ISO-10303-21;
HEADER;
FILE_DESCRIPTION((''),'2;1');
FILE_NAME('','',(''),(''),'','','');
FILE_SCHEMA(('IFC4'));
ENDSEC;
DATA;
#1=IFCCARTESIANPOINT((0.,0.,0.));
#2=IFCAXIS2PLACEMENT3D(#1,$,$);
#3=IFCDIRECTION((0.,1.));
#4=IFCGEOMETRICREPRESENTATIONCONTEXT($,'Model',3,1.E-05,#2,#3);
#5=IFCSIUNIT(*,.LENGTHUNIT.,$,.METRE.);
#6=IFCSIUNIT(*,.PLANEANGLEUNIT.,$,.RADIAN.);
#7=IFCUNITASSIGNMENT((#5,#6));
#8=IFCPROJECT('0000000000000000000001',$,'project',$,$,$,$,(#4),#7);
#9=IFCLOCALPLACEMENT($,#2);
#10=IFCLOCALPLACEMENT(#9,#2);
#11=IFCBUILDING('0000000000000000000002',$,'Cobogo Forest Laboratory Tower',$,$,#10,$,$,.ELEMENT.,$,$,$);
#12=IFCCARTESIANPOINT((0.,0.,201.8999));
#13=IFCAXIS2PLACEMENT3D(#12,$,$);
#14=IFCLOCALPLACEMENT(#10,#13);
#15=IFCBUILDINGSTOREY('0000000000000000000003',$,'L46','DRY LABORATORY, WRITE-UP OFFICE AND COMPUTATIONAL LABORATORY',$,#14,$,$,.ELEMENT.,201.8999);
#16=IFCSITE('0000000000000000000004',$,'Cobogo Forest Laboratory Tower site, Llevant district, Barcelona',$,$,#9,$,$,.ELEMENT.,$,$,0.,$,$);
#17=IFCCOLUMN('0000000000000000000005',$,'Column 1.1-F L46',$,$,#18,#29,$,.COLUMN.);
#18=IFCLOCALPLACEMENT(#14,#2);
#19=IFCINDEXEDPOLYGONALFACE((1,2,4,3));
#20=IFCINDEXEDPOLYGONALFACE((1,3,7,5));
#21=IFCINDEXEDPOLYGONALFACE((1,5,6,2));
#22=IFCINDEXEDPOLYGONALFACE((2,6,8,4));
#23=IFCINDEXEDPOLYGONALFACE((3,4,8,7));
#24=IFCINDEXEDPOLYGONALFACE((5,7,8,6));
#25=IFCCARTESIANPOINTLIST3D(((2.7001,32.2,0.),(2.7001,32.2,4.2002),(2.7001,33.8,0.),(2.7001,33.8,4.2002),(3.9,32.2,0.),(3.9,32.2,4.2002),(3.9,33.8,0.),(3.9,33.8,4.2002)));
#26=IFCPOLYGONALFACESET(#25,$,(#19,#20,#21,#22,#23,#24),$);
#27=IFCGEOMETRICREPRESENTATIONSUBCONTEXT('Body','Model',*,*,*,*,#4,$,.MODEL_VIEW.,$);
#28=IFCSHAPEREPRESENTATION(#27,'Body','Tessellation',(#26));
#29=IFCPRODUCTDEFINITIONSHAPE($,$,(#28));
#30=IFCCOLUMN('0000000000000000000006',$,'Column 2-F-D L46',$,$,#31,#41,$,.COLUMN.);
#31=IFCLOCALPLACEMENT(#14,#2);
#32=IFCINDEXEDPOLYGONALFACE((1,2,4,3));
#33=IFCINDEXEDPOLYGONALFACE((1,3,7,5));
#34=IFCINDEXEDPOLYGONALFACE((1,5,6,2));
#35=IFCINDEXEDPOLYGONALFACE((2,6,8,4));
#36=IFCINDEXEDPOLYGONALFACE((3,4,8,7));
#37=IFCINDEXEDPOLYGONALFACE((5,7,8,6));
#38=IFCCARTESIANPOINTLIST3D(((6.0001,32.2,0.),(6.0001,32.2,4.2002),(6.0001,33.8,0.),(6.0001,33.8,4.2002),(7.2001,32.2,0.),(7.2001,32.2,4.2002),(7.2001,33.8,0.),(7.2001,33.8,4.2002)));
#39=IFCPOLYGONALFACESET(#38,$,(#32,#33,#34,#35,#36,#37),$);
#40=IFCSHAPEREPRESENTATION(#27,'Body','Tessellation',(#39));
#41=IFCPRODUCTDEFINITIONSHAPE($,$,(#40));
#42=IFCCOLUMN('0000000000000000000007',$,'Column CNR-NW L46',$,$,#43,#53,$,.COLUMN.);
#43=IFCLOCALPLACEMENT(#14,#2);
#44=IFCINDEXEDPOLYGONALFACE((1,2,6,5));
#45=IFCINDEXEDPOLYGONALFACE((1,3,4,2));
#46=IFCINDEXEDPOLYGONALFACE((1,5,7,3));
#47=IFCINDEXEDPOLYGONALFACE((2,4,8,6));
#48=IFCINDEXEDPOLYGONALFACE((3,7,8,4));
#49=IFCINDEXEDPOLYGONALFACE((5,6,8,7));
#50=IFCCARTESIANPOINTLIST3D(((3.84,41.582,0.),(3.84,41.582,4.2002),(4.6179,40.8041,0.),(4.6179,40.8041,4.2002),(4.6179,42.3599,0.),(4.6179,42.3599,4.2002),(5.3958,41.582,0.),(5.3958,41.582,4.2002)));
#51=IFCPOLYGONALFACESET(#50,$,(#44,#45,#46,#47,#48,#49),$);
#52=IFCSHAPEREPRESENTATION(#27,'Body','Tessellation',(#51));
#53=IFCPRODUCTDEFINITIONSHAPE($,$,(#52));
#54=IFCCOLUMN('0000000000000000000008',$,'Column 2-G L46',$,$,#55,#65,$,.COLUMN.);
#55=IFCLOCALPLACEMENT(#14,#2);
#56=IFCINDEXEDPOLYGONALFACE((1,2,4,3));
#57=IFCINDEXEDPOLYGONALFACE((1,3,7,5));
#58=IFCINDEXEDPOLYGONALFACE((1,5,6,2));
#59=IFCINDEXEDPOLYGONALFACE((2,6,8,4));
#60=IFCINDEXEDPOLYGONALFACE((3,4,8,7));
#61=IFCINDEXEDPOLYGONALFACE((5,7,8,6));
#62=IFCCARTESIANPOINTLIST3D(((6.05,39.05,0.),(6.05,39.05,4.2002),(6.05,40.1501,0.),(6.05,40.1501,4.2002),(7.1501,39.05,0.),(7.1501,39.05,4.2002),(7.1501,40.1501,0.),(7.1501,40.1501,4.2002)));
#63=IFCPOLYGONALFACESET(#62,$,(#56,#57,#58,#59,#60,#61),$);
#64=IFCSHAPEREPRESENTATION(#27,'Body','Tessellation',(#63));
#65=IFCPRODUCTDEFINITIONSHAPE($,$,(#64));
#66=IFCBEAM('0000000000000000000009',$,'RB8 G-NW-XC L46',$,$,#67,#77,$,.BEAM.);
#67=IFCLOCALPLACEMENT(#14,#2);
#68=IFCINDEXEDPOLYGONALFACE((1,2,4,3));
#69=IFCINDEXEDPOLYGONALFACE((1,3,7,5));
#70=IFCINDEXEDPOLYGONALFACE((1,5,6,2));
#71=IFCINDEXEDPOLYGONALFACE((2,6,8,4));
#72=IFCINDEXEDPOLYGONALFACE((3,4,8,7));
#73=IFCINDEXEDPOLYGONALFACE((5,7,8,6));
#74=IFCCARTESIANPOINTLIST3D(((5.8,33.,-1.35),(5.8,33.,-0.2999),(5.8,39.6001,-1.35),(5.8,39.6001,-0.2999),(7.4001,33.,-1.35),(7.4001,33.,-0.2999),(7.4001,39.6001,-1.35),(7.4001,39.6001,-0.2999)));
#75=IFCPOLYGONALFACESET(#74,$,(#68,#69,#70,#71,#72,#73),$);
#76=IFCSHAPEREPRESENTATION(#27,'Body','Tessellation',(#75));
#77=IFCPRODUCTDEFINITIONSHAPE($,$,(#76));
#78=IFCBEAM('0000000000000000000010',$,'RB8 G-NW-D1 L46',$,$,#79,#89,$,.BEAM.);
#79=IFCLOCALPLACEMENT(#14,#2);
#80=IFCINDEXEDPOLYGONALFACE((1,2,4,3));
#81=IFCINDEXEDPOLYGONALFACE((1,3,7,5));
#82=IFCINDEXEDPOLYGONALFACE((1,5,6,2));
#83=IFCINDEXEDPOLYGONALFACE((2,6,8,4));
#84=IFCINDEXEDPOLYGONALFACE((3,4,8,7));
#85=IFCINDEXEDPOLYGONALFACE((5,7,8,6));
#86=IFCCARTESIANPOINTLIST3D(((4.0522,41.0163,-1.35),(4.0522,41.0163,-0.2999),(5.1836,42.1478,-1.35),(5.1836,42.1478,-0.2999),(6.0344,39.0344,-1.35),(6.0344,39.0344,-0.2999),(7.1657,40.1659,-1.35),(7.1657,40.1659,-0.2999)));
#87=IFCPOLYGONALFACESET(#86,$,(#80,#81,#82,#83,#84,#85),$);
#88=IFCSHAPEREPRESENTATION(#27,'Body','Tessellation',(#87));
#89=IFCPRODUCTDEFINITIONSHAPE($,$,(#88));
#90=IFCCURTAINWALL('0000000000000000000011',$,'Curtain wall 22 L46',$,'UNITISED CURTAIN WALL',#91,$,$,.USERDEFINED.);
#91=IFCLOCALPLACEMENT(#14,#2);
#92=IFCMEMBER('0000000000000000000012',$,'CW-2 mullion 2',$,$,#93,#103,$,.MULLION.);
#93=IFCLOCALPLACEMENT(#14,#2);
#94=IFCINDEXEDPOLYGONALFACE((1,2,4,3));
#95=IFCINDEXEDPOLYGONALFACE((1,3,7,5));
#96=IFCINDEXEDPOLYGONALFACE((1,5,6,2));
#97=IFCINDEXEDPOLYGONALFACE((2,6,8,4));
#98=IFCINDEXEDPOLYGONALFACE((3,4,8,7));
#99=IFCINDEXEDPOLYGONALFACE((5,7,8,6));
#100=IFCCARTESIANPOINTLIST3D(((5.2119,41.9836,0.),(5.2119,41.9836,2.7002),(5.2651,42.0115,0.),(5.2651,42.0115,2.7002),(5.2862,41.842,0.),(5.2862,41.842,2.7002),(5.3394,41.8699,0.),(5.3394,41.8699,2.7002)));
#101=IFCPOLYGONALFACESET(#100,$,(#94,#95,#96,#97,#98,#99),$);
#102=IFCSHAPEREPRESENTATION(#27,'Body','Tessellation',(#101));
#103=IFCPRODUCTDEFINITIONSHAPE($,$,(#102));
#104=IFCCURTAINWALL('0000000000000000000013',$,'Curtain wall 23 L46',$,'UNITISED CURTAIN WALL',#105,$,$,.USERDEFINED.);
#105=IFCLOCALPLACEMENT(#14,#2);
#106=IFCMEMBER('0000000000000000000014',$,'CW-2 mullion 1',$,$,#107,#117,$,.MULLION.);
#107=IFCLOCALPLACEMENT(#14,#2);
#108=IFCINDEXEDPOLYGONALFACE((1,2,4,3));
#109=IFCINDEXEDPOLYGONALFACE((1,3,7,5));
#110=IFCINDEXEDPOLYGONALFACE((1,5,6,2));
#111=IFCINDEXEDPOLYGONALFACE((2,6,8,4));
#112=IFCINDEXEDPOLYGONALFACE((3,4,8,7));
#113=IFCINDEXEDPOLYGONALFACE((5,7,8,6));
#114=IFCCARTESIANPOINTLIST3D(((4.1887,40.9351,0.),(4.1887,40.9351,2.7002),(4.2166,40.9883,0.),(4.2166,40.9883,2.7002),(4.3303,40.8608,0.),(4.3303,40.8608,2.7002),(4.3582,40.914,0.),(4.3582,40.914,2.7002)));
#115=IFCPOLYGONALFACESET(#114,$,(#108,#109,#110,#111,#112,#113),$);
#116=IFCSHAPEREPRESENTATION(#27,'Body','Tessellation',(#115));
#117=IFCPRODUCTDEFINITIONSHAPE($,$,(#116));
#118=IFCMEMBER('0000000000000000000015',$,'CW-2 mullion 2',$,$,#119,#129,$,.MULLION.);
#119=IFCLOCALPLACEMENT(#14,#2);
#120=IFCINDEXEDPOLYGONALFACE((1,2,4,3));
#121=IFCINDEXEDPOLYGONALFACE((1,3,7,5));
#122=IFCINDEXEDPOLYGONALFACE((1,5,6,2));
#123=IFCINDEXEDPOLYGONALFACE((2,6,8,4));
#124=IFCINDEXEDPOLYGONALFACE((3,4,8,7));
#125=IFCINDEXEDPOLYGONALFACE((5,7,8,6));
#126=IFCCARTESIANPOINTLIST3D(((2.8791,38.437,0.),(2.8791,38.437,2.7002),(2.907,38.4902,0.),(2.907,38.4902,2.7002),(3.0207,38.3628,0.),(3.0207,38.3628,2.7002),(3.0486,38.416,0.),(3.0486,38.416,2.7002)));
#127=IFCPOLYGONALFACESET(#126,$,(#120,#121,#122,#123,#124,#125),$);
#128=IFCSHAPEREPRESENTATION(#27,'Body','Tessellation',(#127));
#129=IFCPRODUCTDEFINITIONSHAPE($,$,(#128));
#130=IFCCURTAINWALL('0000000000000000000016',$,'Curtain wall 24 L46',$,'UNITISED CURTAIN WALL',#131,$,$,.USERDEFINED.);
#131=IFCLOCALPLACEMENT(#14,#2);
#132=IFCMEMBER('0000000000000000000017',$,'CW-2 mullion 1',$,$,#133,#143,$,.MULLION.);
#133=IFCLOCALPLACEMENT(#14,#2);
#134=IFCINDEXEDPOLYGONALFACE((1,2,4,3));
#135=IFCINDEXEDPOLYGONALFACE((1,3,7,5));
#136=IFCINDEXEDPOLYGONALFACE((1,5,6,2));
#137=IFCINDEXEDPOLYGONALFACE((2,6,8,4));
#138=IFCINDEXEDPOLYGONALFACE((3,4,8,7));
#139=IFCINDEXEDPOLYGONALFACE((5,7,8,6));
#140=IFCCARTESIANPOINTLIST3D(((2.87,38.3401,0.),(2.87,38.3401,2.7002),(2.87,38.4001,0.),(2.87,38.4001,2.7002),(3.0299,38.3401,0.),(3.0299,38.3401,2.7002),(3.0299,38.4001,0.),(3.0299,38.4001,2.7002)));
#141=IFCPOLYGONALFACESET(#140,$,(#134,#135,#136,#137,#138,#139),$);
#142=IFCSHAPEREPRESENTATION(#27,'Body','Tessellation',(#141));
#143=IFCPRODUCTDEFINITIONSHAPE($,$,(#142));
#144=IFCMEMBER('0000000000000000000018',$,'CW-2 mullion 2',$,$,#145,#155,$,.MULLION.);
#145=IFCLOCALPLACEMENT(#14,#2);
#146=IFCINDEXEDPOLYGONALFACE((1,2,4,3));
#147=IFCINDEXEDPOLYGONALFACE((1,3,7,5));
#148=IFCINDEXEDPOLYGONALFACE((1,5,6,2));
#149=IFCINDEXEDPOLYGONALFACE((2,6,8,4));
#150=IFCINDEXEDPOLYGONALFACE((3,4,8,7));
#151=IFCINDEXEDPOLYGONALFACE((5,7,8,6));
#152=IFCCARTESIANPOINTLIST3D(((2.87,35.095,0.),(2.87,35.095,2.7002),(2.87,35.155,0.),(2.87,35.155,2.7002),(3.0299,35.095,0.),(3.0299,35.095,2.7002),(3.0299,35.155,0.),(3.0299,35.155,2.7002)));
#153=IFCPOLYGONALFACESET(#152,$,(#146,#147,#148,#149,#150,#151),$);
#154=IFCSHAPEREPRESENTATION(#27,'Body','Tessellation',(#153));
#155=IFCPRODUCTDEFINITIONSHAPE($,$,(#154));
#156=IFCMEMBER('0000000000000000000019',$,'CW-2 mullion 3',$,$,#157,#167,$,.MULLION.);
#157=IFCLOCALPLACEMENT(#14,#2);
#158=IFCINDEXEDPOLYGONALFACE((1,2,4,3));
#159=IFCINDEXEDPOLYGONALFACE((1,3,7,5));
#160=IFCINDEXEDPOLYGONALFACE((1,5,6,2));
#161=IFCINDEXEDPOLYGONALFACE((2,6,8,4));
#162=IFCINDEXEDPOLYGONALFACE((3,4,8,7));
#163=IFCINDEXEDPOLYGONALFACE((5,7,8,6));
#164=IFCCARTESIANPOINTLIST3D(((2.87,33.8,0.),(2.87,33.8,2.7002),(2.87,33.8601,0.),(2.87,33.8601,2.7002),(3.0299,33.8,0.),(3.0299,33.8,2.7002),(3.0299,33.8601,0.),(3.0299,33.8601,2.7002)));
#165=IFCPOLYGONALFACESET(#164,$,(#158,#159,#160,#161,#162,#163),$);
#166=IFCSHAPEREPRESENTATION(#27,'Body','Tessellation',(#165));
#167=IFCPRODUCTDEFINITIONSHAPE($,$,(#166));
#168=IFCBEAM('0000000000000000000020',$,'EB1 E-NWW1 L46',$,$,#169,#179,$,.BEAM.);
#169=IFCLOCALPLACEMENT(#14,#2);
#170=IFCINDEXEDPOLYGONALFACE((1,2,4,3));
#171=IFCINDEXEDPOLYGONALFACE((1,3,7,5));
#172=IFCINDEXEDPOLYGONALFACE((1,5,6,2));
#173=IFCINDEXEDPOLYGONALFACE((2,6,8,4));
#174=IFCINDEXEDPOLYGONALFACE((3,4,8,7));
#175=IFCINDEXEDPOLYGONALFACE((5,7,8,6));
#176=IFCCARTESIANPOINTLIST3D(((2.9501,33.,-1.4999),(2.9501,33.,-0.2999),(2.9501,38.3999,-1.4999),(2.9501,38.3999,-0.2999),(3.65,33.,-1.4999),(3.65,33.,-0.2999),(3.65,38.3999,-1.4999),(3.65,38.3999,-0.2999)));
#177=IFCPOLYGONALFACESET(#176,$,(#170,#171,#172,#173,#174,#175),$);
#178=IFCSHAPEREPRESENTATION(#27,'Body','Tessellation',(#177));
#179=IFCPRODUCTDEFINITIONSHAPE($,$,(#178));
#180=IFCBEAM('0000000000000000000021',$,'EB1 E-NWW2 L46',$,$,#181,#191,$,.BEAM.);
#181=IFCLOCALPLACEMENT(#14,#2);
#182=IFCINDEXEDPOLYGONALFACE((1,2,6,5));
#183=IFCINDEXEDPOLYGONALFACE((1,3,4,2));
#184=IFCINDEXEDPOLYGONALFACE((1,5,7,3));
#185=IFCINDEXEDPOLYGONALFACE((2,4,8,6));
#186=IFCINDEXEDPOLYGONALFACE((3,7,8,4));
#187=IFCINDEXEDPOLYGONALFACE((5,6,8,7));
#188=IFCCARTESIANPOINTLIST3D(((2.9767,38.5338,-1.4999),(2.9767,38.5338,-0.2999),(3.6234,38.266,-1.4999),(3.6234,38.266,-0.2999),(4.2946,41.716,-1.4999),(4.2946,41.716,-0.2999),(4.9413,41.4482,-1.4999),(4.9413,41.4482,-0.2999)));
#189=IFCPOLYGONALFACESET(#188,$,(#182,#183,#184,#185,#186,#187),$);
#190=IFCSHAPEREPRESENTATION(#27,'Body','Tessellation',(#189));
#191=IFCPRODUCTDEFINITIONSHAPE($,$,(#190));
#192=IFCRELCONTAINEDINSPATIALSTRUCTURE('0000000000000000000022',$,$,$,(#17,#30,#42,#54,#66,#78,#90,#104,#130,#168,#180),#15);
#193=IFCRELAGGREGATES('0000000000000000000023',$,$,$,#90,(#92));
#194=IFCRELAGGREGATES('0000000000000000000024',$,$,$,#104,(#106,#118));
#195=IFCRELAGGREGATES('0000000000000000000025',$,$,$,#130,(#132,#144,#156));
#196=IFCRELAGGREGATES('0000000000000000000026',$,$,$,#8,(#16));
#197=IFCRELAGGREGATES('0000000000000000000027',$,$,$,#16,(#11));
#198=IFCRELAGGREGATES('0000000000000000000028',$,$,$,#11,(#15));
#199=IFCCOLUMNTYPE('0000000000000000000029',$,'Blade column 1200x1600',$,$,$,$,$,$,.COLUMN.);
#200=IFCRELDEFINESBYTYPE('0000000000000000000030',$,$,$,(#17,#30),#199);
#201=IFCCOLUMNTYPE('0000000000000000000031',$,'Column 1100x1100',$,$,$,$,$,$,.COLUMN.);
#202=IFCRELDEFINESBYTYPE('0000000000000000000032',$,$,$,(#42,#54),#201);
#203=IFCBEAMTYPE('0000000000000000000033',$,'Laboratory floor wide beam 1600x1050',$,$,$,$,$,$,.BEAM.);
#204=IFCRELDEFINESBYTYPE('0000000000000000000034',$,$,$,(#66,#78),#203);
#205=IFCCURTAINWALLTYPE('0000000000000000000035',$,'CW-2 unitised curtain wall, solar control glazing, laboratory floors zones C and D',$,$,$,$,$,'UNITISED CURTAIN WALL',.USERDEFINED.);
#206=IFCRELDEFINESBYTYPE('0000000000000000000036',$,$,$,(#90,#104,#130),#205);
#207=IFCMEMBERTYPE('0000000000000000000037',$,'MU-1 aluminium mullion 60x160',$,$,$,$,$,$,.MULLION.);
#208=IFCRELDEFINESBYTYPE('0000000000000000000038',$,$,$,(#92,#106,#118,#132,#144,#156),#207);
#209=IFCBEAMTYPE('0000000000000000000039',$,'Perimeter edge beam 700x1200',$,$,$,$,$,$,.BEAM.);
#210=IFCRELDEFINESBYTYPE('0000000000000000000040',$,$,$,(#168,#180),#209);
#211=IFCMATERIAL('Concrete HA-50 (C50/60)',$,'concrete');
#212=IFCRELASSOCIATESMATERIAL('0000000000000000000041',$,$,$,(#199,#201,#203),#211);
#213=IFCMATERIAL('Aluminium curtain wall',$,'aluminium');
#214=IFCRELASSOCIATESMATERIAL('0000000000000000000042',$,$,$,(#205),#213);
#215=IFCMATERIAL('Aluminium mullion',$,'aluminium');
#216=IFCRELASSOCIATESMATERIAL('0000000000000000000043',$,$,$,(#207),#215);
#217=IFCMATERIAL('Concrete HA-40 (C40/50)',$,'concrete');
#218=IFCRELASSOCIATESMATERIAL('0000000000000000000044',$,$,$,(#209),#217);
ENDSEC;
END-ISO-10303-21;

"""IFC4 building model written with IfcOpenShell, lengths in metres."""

from ifc_helpers import new_model, si_unit, direction, frame, origin, origin_2d, place, context, subcontext, project, spatial, rectangle, extrude, material, material_profile, profile_set, type_object, element, aggregate, save


model = new_model("IFC4")

# Units and contexts
model_context = context("Model", 3, precision=1e-05, world=origin(), true_north=direction((0.0, 1.0)))
body_context = subcontext(model_context, "Body", "Model", "MODEL_VIEW")
ifc_project = project(units=[si_unit("LENGTHUNIT", "METRE"), si_unit("PLANEANGLEUNIT", "RADIAN")], contexts=[model_context])

# Site, building, storey
site_placement = place(None, origin())
site = spatial("IfcSite", under=ifc_project, at=site_placement, Name="Cobogo Forest Laboratory Tower site, Llevant district, Barcelona", CompositionType="ELEMENT", RefElevation=0.0)
building_placement = place(site_placement, origin())
building = spatial("IfcBuilding", under=site, at=building_placement, Name="Cobogo Forest Laboratory Tower", CompositionType="ELEMENT")
storey_placement = place(building_placement, frame((0.0, 0.0, 201.8999)))
storey = spatial("IfcBuildingStorey", under=building, at=storey_placement, Name="L46", Description="DRY LABORATORY, WRITE-UP OFFICE AND COMPUTATIONAL LABORATORY", CompositionType="ELEMENT", Elevation=201.8999)

# Columns
ifc_material_1 = material(Name="Concrete HA-50 (C50/60)", Category="concrete")
ifc_material_profile_1 = material_profile(ifc_material_1, rectangle(XDim=1.6001, YDim=1.2, at=origin_2d()), Name="RC 1200x1600")
ifc_profile_set_1 = profile_set([ifc_material_profile_1], Name="Concrete HA-50 (C50/60)")
column_type_1 = type_object("IfcColumnType", Name="Blade column 1200x1600", PredefinedType="COLUMN", material=ifc_profile_set_1)
for number, where, z_axis, x_axis, name in (
    (1, (3.3, 33.0, 0.0), (0.0, 0.0, 1.0), (0.0, 1.0, 0.0), "Column 1.1-F L46"),
    (2, (6.6001, 33.0, 0.0), (0.0, 0.0, 1.0), (0.0, 1.0, 0.0), "Column 2-F-D L46"),
):
    element("IfcColumn", number, at=place(storey_placement, frame(where, z_axis=z_axis, x_axis=x_axis)), inside=storey, type_object=column_type_1, Name=name, PredefinedType="COLUMN", context=body_context, shape_type="SweptSolid", body=[
        extrude(rectangle(XDim=1.6001, YDim=1.2, at=origin_2d()), origin(), (0.0, 0.0, 1.0), 4.2002),
    ])
ifc_material_profile_2 = material_profile(ifc_material_1, rectangle(XDim=1.1001, YDim=1.1001, at=origin_2d()), Name="RC 1100x1100")
ifc_profile_set_2 = profile_set([ifc_material_profile_2], Name="Concrete HA-50 (C50/60)")
column_type_2 = type_object("IfcColumnType", Name="Column 1100x1100", PredefinedType="COLUMN", material=ifc_profile_set_2)
for number, where, z_axis, x_axis, name in (
    (3, (4.6179, 41.582, 0.0), (0.0, 0.0, 1.0), (0.707107, 0.707107, 0.0), "Column CNR-NW L46"),
    (4, (6.6001, 39.6001, 0.0), (0.0, 0.0, 1.0), (1.0, 0.0, 0.0), "Column 2-G L46"),
):
    element("IfcColumn", number, at=place(storey_placement, frame(where, z_axis=z_axis, x_axis=x_axis)), inside=storey, type_object=column_type_2, Name=name, PredefinedType="COLUMN", context=body_context, shape_type="SweptSolid", body=[
        extrude(rectangle(XDim=1.1001, YDim=1.1001, at=origin_2d()), origin(), (0.0, 0.0, 1.0), 4.2002),
    ])

# Beams
ifc_material_profile_3 = material_profile(ifc_material_1, rectangle(XDim=1.6001, YDim=1.05, at=origin_2d()), Name="RC 1600x1050")
ifc_profile_set_3 = profile_set([ifc_material_profile_3], Name="Concrete HA-50 (C50/60)")
beam_type_1 = type_object("IfcBeamType", Name="Laboratory floor wide beam 1600x1050", PredefinedType="BEAM", material=ifc_profile_set_3)
beam_1_placement = place(storey_placement, frame((6.6001, 39.6001, -0.825), z_axis=(0.0, -1.0, 0.0), x_axis=(1.0, 0.0, 0.0)))
element("IfcBeam", 5, at=beam_1_placement, inside=storey, type_object=beam_type_1, Name="RB8 G-NW-XC L46", PredefinedType="BEAM", context=body_context, shape_type="SweptSolid", body=[
    extrude(rectangle(XDim=1.6001, YDim=1.05, at=origin_2d()), origin(), (0.0, 0.0, 1.0), 6.6001),
])
beam_2_placement = place(storey_placement, frame((4.6179, 41.582, -0.825), z_axis=(0.70715, -0.707063, 0.0), x_axis=(0.707063, 0.70715, 0.0)))
element("IfcBeam", 6, at=beam_2_placement, inside=storey, type_object=beam_type_1, Name="RB8 G-NW-D1 L46", PredefinedType="BEAM", context=body_context, shape_type="SweptSolid", body=[
    extrude(rectangle(XDim=1.6001, YDim=1.05, at=origin_2d()), origin(), (0.0, 0.0, 1.0), 2.803),
])

# Curtain wall, member
ifc_material_2 = material(Name="Aluminium curtain wall", Category="aluminium")
curtain_wall_type = type_object("IfcCurtainWallType", Name="CW-2 unitised curtain wall, solar control glazing, laboratory floors zones C and D", ElementType="UNITISED CURTAIN WALL", PredefinedType="USERDEFINED", material=ifc_material_2)
curtain_wall_1_placement = place(storey_placement, origin())
curtain_wall_1 = element("IfcCurtainWall", 7, at=curtain_wall_1_placement, inside=storey, type_object=curtain_wall_type, Name="Curtain wall 22 L46", ObjectType="UNITISED CURTAIN WALL", PredefinedType="USERDEFINED")
ifc_material_3 = material(Name="Aluminium mullion", Category="aluminium")
ifc_material_profile_4 = material_profile(ifc_material_3, rectangle(XDim=0.0601, YDim=0.1599, at=origin_2d()), Name="AL 60x160")
ifc_profile_set_4 = profile_set([ifc_material_profile_4], Name="Aluminium mullion")
member_type_1 = type_object("IfcMemberType", Name="MU-1 aluminium mullion 60x160", PredefinedType="MULLION", material=ifc_profile_set_4)
member_1_placement = place(storey_placement, frame((5.2756, 41.9268, 0.0), z_axis=(0.0, 0.0, 1.0), x_axis=(-0.885686, -0.464284, 0.0)))
member_1 = element("IfcMember", 8, at=member_1_placement, type_object=member_type_1, Name="CW-2 mullion 2", PredefinedType="MULLION", context=body_context, shape_type="SweptSolid", body=[
    extrude(rectangle(XDim=0.0601, YDim=0.1599, at=origin_2d()), origin(), (0.0, 0.0, 1.0), 2.7002),
])

# Curtain walls, members
curtain_wall_2_placement = place(storey_placement, origin())
curtain_wall_2 = element("IfcCurtainWall", 9, at=curtain_wall_2_placement, inside=storey, type_object=curtain_wall_type, Name="Curtain wall 23 L46", ObjectType="UNITISED CURTAIN WALL", PredefinedType="USERDEFINED")
member_2_placement = place(storey_placement, frame((4.2734, 40.9246, 0.0), z_axis=(0.0, 0.0, 1.0), x_axis=(-0.464284, -0.885686, 0.0)))
member_2 = element("IfcMember", 10, at=member_2_placement, type_object=member_type_1, Name="CW-2 mullion 1", PredefinedType="MULLION", context=body_context, shape_type="SweptSolid", body=[
    extrude(rectangle(XDim=0.0601, YDim=0.1599, at=origin_2d()), origin(), (0.0, 0.0, 1.0), 2.7002),
])
member_3_placement = place(storey_placement, frame((2.9639, 38.4265, 0.0), z_axis=(0.0, 0.0, 1.0), x_axis=(-0.464284, -0.885686, 0.0)))
member_3 = element("IfcMember", 11, at=member_3_placement, type_object=member_type_1, Name="CW-2 mullion 2", PredefinedType="MULLION", context=body_context, shape_type="SweptSolid", body=[
    extrude(rectangle(XDim=0.0601, YDim=0.1599, at=origin_2d()), origin(), (0.0, 0.0, 1.0), 2.7002),
])
curtain_wall_3_placement = place(storey_placement, origin())
curtain_wall_3 = element("IfcCurtainWall", 12, at=curtain_wall_3_placement, inside=storey, type_object=curtain_wall_type, Name="Curtain wall 24 L46", ObjectType="UNITISED CURTAIN WALL", PredefinedType="USERDEFINED")
member_4_placement = place(storey_placement, frame((2.95, 38.3701, 0.0), z_axis=(0.0, 0.0, 1.0), x_axis=(0.0, -1.0, 0.0)))
member_4 = element("IfcMember", 13, at=member_4_placement, type_object=member_type_1, Name="CW-2 mullion 1", PredefinedType="MULLION", context=body_context, shape_type="SweptSolid", body=[
    extrude(rectangle(XDim=0.0601, YDim=0.1599, at=origin_2d()), origin(), (0.0, 0.0, 1.0), 2.7002),
])
member_5_placement = place(storey_placement, frame((2.95, 35.125, 0.0), z_axis=(0.0, 0.0, 1.0), x_axis=(0.0, -1.0, 0.0)))
member_5 = element("IfcMember", 14, at=member_5_placement, type_object=member_type_1, Name="CW-2 mullion 2", PredefinedType="MULLION", context=body_context, shape_type="SweptSolid", body=[
    extrude(rectangle(XDim=0.0601, YDim=0.1599, at=origin_2d()), origin(), (0.0, 0.0, 1.0), 2.7002),
])
member_6_placement = place(storey_placement, frame((2.95, 33.8301, 0.0), z_axis=(0.0, 0.0, 1.0), x_axis=(0.0, -1.0, 0.0)))
member_6 = element("IfcMember", 15, at=member_6_placement, type_object=member_type_1, Name="CW-2 mullion 3", PredefinedType="MULLION", context=body_context, shape_type="SweptSolid", body=[
    extrude(rectangle(XDim=0.0601, YDim=0.1599, at=origin_2d()), origin(), (0.0, 0.0, 1.0), 2.7002),
])

# Beams
ifc_material_4 = material(Name="Concrete HA-40 (C40/50)", Category="concrete")
ifc_material_profile_5 = material_profile(ifc_material_4, rectangle(XDim=0.7, YDim=1.2, at=origin_2d()), Name="RC 700x1200")
ifc_profile_set_5 = profile_set([ifc_material_profile_5], Name="Concrete HA-40 (C40/50)")
beam_type_2 = type_object("IfcBeamType", Name="Perimeter edge beam 700x1200", PredefinedType="BEAM", material=ifc_profile_set_5)
beam_3_placement = place(storey_placement, frame((3.3, 33.0, -0.8999), z_axis=(0.0, 1.0, 0.0), x_axis=(-1.0, 0.0, 0.0)))
element("IfcBeam", 16, at=beam_3_placement, inside=storey, type_object=beam_type_2, Name="EB1 E-NWW1 L46", PredefinedType="BEAM", context=body_context, shape_type="SweptSolid", body=[
    extrude(rectangle(XDim=0.7, YDim=1.2, at=origin_2d()), origin(), (0.0, 0.0, 1.0), 5.3999),
])
beam_4_placement = place(storey_placement, frame((3.3, 38.3999, -0.8999), z_axis=(0.382631, 0.923901, 0.0), x_axis=(-0.923901, 0.382631, 0.0)))
element("IfcBeam", 17, at=beam_4_placement, inside=storey, type_object=beam_type_2, Name="EB1 E-NWW2 L46", PredefinedType="BEAM", context=body_context, shape_type="SweptSolid", body=[
    extrude(rectangle(XDim=0.7, YDim=1.2, at=origin_2d()), origin(), (0.0, 0.0, 1.0), 3.4443),
])

aggregate(curtain_wall_1, [member_1])
aggregate(curtain_wall_2, [member_2, member_3])
aggregate(curtain_wall_3, [member_4, member_5, member_6])

save(model, "model.ifc")
